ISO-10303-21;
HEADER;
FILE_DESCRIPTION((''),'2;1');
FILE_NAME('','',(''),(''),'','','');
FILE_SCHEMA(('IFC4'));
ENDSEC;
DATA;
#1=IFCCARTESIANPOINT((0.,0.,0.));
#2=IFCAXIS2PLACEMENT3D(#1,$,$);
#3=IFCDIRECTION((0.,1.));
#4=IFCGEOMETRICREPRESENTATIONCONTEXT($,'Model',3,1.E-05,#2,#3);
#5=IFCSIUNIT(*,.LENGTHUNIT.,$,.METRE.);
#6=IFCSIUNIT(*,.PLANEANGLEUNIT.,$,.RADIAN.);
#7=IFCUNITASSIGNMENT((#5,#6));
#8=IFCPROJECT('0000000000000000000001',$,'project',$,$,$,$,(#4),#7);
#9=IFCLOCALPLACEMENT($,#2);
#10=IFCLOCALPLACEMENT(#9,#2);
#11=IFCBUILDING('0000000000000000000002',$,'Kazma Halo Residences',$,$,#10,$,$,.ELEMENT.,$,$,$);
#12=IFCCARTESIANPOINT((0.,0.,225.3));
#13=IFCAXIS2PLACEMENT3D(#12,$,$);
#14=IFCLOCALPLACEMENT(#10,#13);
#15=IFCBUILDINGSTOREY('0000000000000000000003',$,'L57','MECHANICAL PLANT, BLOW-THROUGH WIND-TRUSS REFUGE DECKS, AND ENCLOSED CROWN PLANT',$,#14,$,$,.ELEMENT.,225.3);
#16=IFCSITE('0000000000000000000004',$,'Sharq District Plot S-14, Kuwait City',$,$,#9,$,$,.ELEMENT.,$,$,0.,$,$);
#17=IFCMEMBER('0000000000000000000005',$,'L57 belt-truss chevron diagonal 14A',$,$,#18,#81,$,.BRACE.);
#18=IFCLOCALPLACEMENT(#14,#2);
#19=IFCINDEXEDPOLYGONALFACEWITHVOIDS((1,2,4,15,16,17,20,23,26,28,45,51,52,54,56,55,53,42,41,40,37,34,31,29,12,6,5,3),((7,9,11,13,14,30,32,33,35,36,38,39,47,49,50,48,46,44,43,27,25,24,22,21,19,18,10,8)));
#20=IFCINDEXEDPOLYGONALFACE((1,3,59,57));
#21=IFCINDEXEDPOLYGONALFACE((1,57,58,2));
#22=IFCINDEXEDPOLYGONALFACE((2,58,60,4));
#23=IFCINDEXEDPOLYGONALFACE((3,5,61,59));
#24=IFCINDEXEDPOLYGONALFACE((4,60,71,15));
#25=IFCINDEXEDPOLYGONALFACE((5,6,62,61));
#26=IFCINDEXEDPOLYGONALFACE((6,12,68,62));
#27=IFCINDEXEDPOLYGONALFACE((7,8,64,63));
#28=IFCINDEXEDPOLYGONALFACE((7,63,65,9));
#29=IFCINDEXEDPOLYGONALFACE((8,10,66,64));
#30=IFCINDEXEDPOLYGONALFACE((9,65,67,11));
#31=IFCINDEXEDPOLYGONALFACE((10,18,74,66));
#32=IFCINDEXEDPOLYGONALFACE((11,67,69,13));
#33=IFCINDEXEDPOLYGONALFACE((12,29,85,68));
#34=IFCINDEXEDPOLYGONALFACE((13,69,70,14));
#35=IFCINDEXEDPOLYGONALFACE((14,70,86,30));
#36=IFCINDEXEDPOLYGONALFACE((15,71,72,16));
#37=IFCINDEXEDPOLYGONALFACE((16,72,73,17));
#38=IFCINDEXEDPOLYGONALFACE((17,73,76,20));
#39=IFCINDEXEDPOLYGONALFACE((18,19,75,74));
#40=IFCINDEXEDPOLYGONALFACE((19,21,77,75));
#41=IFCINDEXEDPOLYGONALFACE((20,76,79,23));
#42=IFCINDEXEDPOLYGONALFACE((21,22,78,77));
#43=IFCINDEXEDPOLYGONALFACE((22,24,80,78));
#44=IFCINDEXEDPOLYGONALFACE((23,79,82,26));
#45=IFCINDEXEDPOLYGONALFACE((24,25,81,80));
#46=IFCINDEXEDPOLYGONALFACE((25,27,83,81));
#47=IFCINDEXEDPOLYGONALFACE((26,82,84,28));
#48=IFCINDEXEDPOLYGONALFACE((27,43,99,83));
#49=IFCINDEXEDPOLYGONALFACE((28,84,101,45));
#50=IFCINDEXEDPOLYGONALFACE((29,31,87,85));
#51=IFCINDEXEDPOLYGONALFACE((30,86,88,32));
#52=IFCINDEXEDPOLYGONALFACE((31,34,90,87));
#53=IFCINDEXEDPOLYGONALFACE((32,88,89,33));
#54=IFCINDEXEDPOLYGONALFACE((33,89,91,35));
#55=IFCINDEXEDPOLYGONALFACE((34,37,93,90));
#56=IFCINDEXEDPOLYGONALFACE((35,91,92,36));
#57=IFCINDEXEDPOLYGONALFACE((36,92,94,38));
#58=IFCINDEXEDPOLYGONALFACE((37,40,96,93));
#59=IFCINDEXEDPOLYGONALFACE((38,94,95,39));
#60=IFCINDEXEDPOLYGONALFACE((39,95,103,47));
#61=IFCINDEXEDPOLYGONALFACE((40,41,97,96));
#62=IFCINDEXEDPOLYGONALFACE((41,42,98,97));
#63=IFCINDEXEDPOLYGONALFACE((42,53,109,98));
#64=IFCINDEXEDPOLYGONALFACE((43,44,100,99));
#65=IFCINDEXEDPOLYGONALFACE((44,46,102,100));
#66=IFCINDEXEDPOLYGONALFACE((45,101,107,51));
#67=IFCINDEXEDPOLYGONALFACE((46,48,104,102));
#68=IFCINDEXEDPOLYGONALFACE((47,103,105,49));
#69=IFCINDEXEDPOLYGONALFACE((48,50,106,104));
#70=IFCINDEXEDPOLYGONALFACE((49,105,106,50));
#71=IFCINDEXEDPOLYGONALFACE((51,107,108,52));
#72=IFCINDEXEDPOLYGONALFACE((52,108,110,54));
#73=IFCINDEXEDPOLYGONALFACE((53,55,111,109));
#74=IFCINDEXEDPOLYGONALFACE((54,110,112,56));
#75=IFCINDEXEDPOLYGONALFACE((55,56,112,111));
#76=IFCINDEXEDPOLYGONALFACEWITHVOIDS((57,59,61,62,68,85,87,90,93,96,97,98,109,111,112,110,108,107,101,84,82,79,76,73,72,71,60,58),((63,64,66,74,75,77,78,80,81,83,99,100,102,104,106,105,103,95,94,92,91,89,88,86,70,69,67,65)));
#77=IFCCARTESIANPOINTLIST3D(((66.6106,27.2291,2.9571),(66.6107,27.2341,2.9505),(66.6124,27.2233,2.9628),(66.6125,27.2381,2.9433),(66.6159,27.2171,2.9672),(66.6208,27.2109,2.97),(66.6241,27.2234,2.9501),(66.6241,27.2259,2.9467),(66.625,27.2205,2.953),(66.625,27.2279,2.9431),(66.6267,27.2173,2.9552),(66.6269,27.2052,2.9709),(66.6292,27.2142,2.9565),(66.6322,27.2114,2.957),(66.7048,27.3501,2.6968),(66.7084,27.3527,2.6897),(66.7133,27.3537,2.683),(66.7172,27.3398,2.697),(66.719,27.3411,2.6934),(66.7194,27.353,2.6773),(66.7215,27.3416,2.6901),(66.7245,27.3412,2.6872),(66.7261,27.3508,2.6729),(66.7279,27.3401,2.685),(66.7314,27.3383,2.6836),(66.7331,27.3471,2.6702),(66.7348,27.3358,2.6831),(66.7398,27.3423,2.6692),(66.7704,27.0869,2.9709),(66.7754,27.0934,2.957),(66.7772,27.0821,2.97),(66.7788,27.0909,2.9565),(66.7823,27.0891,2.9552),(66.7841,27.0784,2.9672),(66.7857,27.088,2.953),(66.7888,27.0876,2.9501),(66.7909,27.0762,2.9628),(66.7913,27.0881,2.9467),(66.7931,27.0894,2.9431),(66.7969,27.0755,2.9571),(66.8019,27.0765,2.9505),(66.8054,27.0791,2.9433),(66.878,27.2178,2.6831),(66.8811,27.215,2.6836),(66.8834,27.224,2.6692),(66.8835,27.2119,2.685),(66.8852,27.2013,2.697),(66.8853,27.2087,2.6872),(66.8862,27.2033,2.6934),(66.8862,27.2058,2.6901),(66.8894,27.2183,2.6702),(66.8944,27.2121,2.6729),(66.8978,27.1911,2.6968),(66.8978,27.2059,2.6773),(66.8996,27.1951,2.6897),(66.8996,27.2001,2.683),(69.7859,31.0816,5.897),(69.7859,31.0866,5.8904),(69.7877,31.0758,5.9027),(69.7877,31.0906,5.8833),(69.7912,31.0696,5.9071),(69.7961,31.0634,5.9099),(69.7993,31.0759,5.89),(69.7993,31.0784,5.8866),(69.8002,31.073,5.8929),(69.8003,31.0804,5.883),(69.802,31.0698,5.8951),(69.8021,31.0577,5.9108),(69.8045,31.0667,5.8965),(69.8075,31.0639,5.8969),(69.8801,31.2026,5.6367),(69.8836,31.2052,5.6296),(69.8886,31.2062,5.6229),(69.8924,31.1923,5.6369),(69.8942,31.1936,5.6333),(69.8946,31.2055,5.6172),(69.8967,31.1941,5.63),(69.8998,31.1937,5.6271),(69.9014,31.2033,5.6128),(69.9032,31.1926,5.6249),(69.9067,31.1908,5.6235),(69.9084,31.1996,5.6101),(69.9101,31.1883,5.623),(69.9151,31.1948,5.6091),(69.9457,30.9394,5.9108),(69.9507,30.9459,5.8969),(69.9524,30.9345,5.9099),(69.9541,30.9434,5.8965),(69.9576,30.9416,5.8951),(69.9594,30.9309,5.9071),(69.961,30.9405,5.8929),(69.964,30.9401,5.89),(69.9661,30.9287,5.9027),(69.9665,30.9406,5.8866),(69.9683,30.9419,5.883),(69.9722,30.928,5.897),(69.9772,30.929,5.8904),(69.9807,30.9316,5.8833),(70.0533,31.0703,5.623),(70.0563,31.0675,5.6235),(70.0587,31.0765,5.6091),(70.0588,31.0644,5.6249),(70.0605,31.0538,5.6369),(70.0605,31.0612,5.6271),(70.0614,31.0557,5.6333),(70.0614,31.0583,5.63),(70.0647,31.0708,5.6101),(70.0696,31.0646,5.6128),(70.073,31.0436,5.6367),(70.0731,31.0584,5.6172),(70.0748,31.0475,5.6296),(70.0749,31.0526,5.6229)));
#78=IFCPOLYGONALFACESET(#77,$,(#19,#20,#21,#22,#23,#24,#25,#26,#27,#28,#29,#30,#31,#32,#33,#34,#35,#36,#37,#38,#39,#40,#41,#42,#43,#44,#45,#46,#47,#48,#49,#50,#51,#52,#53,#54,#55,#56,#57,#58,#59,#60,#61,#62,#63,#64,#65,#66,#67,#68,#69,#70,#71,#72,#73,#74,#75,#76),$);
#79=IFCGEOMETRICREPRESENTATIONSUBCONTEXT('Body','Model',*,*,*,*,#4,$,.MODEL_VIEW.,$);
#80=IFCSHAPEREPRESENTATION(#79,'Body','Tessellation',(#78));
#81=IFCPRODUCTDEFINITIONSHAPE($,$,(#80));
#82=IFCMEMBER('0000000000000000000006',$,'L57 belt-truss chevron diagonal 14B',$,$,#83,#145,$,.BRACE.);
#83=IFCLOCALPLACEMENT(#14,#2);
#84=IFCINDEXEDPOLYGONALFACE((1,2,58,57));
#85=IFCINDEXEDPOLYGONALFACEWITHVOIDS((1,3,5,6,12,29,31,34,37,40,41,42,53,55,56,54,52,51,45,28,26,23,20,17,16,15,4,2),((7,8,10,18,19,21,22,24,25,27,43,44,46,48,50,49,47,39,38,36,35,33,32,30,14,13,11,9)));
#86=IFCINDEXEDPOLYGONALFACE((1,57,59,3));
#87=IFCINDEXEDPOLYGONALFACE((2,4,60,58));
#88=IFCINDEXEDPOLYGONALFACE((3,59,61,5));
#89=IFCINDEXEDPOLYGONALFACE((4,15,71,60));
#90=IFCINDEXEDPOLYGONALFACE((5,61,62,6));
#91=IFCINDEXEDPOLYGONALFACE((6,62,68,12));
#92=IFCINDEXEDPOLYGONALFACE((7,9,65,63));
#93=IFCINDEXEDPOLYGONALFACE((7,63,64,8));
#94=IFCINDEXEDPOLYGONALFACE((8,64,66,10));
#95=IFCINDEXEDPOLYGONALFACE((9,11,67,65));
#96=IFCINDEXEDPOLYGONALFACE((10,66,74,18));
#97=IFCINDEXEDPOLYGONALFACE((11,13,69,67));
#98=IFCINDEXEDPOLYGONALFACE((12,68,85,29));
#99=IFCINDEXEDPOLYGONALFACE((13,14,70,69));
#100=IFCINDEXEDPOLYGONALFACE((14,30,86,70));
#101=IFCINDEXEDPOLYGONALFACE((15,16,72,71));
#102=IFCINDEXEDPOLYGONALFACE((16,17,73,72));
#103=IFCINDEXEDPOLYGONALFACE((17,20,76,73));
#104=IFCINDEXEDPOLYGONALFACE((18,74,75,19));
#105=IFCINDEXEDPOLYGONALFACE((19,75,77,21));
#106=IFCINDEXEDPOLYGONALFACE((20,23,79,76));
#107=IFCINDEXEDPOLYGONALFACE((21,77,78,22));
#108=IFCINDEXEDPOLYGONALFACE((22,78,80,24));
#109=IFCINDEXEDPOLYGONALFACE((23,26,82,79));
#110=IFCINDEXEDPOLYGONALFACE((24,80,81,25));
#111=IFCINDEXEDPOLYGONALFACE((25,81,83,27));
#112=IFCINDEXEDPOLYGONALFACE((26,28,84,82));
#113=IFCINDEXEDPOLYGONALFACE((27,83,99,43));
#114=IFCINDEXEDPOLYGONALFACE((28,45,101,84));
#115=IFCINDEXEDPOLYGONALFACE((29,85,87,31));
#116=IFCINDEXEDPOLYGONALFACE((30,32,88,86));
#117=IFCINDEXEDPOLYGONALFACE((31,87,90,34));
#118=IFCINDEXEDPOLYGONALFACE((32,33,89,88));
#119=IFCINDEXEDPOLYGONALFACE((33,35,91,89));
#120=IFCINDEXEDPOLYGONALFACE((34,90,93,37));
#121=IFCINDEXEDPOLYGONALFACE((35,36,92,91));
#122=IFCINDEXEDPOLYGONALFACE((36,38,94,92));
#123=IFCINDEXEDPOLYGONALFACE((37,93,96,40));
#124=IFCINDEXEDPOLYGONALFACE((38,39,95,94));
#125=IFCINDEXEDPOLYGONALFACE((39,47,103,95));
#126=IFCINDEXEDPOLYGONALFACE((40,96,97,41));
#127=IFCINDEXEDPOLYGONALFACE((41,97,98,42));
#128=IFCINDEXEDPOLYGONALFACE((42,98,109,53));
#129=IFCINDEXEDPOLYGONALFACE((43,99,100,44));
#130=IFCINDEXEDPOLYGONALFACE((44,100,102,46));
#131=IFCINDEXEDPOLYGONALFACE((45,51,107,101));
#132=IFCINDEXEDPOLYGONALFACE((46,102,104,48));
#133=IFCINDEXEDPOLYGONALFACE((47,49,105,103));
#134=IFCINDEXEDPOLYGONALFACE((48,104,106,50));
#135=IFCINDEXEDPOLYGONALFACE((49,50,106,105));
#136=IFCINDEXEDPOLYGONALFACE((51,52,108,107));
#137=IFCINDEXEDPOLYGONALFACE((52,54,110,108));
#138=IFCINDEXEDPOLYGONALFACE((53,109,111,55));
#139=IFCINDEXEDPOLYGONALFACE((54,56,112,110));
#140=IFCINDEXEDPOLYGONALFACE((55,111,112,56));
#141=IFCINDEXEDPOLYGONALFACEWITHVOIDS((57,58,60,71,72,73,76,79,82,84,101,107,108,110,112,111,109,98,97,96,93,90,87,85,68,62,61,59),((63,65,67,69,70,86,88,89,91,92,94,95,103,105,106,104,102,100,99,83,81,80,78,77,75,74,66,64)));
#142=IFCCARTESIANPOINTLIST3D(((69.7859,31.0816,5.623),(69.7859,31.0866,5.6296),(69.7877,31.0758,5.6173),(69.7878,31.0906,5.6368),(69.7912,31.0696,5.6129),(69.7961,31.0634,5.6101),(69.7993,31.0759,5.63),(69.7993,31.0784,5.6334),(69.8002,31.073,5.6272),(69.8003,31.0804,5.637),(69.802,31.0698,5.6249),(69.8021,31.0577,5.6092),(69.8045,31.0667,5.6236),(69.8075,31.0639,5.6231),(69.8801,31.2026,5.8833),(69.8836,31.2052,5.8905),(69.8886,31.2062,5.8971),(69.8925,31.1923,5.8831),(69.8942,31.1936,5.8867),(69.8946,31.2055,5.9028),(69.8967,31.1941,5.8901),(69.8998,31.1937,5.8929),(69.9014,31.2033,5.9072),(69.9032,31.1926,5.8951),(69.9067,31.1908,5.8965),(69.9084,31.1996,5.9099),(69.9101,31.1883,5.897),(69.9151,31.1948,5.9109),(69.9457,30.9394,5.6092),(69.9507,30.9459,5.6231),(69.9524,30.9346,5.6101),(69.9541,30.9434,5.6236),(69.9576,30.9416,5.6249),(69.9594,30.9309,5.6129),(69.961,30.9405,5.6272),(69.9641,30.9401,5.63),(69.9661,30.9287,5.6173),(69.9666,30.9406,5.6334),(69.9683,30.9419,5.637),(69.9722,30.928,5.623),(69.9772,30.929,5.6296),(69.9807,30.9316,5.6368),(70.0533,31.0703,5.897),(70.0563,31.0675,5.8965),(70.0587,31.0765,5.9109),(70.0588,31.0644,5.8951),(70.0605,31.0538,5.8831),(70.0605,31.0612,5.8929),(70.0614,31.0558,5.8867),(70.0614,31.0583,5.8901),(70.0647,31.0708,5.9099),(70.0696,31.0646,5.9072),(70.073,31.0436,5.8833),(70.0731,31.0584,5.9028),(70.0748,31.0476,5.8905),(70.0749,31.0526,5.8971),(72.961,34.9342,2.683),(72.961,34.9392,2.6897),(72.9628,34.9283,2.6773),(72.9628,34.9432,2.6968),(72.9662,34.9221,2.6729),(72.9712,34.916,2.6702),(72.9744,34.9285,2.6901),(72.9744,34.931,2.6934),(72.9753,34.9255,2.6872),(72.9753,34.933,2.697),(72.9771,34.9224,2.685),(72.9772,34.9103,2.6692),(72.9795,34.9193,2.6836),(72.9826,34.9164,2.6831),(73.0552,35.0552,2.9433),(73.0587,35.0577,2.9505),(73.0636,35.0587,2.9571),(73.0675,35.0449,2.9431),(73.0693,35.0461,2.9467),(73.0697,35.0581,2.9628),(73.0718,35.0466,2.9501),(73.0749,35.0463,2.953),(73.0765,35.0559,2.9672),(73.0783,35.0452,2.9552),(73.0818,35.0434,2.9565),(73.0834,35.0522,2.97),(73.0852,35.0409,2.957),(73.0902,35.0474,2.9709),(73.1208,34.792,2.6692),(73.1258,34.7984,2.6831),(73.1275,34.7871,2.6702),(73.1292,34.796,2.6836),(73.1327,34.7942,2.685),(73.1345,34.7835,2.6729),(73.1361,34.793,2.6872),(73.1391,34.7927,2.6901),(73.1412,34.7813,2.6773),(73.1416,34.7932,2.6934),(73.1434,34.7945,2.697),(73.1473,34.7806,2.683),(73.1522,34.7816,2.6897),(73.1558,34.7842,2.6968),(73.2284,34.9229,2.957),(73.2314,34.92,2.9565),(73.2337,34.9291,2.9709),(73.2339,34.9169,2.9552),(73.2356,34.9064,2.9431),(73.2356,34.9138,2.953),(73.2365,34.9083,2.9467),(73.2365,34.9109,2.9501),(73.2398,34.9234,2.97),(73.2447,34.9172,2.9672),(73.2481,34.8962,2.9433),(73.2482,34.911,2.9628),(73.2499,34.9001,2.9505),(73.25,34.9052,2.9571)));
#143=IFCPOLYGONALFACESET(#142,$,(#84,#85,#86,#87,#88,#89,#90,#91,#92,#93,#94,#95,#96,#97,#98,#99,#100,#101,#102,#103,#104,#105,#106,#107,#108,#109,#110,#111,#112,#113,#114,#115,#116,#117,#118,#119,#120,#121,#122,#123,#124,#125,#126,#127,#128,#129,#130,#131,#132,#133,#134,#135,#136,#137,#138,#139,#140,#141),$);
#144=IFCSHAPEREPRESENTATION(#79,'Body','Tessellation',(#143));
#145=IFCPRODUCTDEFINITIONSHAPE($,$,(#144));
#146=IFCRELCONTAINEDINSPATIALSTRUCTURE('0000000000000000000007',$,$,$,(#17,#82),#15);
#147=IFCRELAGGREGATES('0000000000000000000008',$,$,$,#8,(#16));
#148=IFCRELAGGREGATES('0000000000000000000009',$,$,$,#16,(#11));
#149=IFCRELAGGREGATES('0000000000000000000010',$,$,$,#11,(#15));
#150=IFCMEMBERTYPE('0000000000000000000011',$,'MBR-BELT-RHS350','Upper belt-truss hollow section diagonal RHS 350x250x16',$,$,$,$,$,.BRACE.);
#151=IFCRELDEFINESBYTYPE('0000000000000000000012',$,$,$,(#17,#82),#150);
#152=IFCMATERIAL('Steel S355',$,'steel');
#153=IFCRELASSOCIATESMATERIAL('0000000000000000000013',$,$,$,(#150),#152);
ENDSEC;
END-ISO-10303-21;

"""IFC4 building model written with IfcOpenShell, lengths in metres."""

from ifc_helpers import new_model, si_unit, direction, frame, origin, origin_2d, place, context, subcontext, project, spatial, hollow_rectangle, extrude, material, material_profile, profile_set, type_object, element, save


model = new_model("IFC4")

# Units and contexts
model_context = context("Model", 3, precision=1e-05, world=origin(), true_north=direction((0.0, 1.0)))
body_context = subcontext(model_context, "Body", "Model", "MODEL_VIEW")
ifc_project = project(units=[si_unit("LENGTHUNIT", "METRE"), si_unit("PLANEANGLEUNIT", "RADIAN")], contexts=[model_context])

# Site, building, storey
site_placement = place(None, origin())
site = spatial("IfcSite", under=ifc_project, at=site_placement, Name="Sharq District Plot S-14, Kuwait City", CompositionType="ELEMENT", RefElevation=0.0)
building_placement = place(site_placement, origin())
building = spatial("IfcBuilding", under=site, at=building_placement, Name="Kazma Halo Residences", CompositionType="ELEMENT")
storey_placement = place(building_placement, frame((0.0, 0.0, 225.3)))
storey = spatial("IfcBuildingStorey", under=building, at=storey_placement, Name="L57", Description="MECHANICAL PLANT, BLOW-THROUGH WIND-TRUSS REFUGE DECKS, AND ENCLOSED CROWN PLANT", CompositionType="ELEMENT", Elevation=225.3)

# Shared definitions
ifc_material_1 = material(Name="Steel S355", Category="steel")

# Members
ifc_material_profile_1 = material_profile(ifc_material_1, hollow_rectangle(XDim=0.25, YDim=0.3501, WallThickness=0.0161, InnerFilletRadius=0.0161, OuterFilletRadius=0.032, at=origin_2d()), Name="RHS350x250x16")
ifc_profile_set_1 = profile_set([ifc_material_profile_1], Name="Steel S355")
member_type_1 = type_object("IfcMemberType", Name="MBR-BELT-RHS350", Description="Upper belt-truss hollow section diagonal RHS 350x250x16", PredefinedType="BRACE", material=ifc_profile_set_1)
for number, where, z_axis, x_axis, name in (
    (1, (66.7551, 27.2146, 2.8201), (0.548053, 0.664945, 0.507431), (-0.771673, 0.636019, 0.0), "L57 belt-truss chevron diagonal 14A"),
    (2, (73.1055, 34.9197, 2.8201), (-0.548023, -0.66496, 0.507443), (0.771697, -0.63599, 0.0), "L57 belt-truss chevron diagonal 14B"),
):
    element("IfcMember", number, at=place(storey_placement, frame(where, z_axis=z_axis, x_axis=x_axis)), inside=storey, type_object=member_type_1, Name=name, PredefinedType="BRACE", context=body_context, shape_type="SweptSolid", body=[
        extrude(hollow_rectangle(XDim=0.25, YDim=0.3501, WallThickness=0.0161, InnerFilletRadius=0.0161, OuterFilletRadius=0.032, at=origin_2d()), origin(), (0.0, 0.0, 1.0), 5.7937),
    ])

save(model, "model.ifc")
